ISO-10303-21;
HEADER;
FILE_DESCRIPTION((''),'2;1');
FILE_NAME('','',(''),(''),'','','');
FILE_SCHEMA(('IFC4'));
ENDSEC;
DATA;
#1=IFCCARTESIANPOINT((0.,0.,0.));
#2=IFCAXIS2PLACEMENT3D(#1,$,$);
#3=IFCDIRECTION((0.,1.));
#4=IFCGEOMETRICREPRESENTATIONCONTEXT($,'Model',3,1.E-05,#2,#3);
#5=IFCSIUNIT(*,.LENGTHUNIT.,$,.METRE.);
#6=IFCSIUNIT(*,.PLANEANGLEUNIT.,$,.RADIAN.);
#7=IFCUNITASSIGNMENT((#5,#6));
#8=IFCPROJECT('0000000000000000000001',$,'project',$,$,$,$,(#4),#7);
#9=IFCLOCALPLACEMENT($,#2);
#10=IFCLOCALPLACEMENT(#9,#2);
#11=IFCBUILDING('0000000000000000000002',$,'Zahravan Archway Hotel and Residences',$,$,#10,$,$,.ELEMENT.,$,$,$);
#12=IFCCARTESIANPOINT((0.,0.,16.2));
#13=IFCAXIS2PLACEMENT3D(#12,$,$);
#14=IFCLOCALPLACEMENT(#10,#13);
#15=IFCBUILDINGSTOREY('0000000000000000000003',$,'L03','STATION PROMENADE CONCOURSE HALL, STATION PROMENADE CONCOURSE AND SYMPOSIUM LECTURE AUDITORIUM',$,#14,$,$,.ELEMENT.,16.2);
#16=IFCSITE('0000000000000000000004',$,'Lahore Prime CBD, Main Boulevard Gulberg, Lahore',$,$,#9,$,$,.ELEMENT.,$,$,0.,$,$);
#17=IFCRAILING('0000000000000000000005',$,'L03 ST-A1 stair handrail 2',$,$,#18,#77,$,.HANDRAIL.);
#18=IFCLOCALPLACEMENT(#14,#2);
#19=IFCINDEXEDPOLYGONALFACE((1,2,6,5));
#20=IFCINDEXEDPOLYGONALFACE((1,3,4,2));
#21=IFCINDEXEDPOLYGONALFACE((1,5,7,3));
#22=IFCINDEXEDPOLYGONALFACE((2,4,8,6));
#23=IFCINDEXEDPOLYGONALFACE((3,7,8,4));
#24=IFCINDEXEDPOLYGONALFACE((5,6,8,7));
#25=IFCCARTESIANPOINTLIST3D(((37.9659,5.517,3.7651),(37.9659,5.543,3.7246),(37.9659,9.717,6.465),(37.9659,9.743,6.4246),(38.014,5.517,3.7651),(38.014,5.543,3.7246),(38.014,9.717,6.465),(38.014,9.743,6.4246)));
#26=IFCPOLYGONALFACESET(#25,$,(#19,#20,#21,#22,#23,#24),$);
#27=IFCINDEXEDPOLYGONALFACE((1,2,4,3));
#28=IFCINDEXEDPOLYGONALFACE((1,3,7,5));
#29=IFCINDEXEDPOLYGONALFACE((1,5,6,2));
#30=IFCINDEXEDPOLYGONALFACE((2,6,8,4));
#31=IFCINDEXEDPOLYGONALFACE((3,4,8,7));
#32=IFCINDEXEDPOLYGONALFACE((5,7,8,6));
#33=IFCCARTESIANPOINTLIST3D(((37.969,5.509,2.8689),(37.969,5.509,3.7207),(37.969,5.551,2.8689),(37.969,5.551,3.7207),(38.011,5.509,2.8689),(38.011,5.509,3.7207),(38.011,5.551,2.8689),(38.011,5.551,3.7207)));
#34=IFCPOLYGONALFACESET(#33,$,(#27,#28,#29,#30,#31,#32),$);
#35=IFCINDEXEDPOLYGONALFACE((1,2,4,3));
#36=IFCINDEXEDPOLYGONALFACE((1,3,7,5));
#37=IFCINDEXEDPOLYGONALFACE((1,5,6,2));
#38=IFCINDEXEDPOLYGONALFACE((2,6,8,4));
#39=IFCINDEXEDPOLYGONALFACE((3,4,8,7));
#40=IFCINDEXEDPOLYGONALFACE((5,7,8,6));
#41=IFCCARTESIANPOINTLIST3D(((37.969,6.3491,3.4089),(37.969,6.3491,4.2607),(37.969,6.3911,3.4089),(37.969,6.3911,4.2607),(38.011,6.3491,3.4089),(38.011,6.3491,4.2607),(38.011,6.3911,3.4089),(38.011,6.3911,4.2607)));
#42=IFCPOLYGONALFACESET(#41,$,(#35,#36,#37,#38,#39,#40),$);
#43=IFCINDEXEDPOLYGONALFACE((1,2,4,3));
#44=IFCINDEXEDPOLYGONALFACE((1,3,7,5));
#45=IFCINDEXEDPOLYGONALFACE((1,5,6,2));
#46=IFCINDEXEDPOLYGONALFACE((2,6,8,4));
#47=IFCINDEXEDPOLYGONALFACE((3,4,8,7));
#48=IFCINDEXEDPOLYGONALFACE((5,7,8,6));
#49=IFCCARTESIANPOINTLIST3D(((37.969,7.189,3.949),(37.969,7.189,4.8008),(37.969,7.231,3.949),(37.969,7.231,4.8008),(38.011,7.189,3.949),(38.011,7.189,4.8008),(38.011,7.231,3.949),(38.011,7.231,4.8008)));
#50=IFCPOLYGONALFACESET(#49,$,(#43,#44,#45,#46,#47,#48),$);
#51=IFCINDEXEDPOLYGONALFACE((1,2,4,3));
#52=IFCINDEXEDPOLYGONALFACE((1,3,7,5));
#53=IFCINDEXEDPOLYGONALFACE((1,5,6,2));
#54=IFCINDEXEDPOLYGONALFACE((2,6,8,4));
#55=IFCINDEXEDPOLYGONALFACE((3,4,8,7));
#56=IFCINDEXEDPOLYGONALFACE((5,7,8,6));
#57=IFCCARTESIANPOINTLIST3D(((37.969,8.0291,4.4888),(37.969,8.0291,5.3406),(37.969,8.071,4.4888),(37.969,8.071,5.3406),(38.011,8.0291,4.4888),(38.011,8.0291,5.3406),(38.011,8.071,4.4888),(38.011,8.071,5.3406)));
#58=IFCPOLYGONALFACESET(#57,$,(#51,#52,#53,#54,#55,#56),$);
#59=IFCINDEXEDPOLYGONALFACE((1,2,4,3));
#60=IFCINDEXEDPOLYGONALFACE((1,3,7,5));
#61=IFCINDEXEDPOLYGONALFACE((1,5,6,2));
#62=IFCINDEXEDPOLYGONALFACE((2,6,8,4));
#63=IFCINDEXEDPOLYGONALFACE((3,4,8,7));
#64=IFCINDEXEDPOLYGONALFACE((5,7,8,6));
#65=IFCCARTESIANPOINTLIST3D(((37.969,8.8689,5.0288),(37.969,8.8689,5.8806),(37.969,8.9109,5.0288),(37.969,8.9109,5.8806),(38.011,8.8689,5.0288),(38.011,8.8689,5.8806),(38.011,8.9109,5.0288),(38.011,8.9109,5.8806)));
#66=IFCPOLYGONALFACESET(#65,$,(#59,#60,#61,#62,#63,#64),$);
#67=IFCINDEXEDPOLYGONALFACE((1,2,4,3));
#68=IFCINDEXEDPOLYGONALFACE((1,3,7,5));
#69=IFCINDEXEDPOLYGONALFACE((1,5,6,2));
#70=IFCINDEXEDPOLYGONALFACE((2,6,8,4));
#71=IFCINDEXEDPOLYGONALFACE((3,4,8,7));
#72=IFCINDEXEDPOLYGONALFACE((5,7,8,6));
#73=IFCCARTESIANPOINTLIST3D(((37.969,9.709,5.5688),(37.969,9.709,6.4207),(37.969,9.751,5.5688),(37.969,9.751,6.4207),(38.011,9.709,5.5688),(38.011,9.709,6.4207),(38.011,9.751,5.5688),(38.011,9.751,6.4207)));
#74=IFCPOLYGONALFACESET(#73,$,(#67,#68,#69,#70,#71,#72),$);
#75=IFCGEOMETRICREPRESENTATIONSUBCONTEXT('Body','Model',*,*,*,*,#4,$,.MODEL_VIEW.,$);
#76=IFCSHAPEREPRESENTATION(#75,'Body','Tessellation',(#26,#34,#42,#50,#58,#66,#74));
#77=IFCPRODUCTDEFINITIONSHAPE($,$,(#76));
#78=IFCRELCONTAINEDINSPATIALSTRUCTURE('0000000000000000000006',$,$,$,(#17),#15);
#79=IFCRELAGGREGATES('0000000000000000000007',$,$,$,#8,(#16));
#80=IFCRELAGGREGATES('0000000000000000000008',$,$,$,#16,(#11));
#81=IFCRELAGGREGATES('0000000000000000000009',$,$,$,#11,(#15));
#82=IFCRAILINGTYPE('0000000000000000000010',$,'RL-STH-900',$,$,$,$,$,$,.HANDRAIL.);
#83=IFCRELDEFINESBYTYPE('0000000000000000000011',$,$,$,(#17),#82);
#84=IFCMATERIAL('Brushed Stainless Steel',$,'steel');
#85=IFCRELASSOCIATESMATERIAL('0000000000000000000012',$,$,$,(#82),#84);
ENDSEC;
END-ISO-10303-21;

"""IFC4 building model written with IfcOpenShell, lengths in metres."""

from ifc_helpers import new_model, si_unit, direction, frame, origin, origin_2d, place, context, subcontext, project, spatial, rectangle, extrude, material, type_object, element, save


model = new_model("IFC4")

# Units and contexts
model_context = context("Model", 3, precision=1e-05, world=origin(), true_north=direction((0.0, 1.0)))
body_context = subcontext(model_context, "Body", "Model", "MODEL_VIEW")
ifc_project = project(units=[si_unit("LENGTHUNIT", "METRE"), si_unit("PLANEANGLEUNIT", "RADIAN")], contexts=[model_context])

# Site, building, storey
site_placement = place(None, origin())
site = spatial("IfcSite", under=ifc_project, at=site_placement, Name="Lahore Prime CBD, Main Boulevard Gulberg, Lahore", CompositionType="ELEMENT", RefElevation=0.0)
building_placement = place(site_placement, origin())
building = spatial("IfcBuilding", under=site, at=building_placement, Name="Zahravan Archway Hotel and Residences", CompositionType="ELEMENT")
storey_placement = place(building_placement, frame((0.0, 0.0, 16.2)))
storey = spatial("IfcBuildingStorey", under=building, at=storey_placement, Name="L03", Description="STATION PROMENADE CONCOURSE HALL, STATION PROMENADE CONCOURSE AND SYMPOSIUM LECTURE AUDITORIUM", CompositionType="ELEMENT", Elevation=16.2)

# Railing
ifc_material_1 = material(Name="Brushed Stainless Steel", Category="steel")
railing_type_1 = type_object("IfcRailingType", Name="RL-STH-900", PredefinedType="HANDRAIL", material=ifc_material_1)
railing_1_placement = place(storey_placement, frame((37.99, 5.53, 2.8689)))
element("IfcRailing", 1, at=railing_1_placement, inside=storey, type_object=railing_type_1, Name="L03 ST-A1 stair handrail 2", PredefinedType="HANDRAIL", context=body_context, shape_type="SweptSolid", body=[
    extrude(rectangle(XDim=0.0481, YDim=0.0481, at=origin_2d()), frame((0.0, 0.0, 0.876), z_axis=(0.0, 0.84118, 0.540755), x_axis=(-1.0, 0.0, 0.0)), (0.0, 0.0, 1.0), 4.9929),
    extrude(rectangle(XDim=0.042, YDim=0.042, at=origin_2d()), origin(), (0.0, 0.0, 1.0), 0.8518),
    extrude(rectangle(XDim=0.042, YDim=0.042, at=origin_2d()), frame((0.0, 0.8401, 0.54)), (0.0, 0.0, 1.0), 0.8518),
    extrude(rectangle(XDim=0.042, YDim=0.042, at=origin_2d()), frame((0.0, 1.6799, 1.0801)), (0.0, 0.0, 1.0), 0.8518),
    extrude(rectangle(XDim=0.042, YDim=0.042, at=origin_2d()), frame((0.0, 2.52, 1.6199)), (0.0, 0.0, 1.0), 0.8518),
    extrude(rectangle(XDim=0.042, YDim=0.042, at=origin_2d()), frame((0.0, 3.3599, 2.1599)), (0.0, 0.0, 1.0), 0.8518),
    extrude(rectangle(XDim=0.042, YDim=0.042, at=origin_2d()), frame((0.0, 4.2, 2.7)), (0.0, 0.0, 1.0), 0.8518),
])

save(model, "model.ifc")
